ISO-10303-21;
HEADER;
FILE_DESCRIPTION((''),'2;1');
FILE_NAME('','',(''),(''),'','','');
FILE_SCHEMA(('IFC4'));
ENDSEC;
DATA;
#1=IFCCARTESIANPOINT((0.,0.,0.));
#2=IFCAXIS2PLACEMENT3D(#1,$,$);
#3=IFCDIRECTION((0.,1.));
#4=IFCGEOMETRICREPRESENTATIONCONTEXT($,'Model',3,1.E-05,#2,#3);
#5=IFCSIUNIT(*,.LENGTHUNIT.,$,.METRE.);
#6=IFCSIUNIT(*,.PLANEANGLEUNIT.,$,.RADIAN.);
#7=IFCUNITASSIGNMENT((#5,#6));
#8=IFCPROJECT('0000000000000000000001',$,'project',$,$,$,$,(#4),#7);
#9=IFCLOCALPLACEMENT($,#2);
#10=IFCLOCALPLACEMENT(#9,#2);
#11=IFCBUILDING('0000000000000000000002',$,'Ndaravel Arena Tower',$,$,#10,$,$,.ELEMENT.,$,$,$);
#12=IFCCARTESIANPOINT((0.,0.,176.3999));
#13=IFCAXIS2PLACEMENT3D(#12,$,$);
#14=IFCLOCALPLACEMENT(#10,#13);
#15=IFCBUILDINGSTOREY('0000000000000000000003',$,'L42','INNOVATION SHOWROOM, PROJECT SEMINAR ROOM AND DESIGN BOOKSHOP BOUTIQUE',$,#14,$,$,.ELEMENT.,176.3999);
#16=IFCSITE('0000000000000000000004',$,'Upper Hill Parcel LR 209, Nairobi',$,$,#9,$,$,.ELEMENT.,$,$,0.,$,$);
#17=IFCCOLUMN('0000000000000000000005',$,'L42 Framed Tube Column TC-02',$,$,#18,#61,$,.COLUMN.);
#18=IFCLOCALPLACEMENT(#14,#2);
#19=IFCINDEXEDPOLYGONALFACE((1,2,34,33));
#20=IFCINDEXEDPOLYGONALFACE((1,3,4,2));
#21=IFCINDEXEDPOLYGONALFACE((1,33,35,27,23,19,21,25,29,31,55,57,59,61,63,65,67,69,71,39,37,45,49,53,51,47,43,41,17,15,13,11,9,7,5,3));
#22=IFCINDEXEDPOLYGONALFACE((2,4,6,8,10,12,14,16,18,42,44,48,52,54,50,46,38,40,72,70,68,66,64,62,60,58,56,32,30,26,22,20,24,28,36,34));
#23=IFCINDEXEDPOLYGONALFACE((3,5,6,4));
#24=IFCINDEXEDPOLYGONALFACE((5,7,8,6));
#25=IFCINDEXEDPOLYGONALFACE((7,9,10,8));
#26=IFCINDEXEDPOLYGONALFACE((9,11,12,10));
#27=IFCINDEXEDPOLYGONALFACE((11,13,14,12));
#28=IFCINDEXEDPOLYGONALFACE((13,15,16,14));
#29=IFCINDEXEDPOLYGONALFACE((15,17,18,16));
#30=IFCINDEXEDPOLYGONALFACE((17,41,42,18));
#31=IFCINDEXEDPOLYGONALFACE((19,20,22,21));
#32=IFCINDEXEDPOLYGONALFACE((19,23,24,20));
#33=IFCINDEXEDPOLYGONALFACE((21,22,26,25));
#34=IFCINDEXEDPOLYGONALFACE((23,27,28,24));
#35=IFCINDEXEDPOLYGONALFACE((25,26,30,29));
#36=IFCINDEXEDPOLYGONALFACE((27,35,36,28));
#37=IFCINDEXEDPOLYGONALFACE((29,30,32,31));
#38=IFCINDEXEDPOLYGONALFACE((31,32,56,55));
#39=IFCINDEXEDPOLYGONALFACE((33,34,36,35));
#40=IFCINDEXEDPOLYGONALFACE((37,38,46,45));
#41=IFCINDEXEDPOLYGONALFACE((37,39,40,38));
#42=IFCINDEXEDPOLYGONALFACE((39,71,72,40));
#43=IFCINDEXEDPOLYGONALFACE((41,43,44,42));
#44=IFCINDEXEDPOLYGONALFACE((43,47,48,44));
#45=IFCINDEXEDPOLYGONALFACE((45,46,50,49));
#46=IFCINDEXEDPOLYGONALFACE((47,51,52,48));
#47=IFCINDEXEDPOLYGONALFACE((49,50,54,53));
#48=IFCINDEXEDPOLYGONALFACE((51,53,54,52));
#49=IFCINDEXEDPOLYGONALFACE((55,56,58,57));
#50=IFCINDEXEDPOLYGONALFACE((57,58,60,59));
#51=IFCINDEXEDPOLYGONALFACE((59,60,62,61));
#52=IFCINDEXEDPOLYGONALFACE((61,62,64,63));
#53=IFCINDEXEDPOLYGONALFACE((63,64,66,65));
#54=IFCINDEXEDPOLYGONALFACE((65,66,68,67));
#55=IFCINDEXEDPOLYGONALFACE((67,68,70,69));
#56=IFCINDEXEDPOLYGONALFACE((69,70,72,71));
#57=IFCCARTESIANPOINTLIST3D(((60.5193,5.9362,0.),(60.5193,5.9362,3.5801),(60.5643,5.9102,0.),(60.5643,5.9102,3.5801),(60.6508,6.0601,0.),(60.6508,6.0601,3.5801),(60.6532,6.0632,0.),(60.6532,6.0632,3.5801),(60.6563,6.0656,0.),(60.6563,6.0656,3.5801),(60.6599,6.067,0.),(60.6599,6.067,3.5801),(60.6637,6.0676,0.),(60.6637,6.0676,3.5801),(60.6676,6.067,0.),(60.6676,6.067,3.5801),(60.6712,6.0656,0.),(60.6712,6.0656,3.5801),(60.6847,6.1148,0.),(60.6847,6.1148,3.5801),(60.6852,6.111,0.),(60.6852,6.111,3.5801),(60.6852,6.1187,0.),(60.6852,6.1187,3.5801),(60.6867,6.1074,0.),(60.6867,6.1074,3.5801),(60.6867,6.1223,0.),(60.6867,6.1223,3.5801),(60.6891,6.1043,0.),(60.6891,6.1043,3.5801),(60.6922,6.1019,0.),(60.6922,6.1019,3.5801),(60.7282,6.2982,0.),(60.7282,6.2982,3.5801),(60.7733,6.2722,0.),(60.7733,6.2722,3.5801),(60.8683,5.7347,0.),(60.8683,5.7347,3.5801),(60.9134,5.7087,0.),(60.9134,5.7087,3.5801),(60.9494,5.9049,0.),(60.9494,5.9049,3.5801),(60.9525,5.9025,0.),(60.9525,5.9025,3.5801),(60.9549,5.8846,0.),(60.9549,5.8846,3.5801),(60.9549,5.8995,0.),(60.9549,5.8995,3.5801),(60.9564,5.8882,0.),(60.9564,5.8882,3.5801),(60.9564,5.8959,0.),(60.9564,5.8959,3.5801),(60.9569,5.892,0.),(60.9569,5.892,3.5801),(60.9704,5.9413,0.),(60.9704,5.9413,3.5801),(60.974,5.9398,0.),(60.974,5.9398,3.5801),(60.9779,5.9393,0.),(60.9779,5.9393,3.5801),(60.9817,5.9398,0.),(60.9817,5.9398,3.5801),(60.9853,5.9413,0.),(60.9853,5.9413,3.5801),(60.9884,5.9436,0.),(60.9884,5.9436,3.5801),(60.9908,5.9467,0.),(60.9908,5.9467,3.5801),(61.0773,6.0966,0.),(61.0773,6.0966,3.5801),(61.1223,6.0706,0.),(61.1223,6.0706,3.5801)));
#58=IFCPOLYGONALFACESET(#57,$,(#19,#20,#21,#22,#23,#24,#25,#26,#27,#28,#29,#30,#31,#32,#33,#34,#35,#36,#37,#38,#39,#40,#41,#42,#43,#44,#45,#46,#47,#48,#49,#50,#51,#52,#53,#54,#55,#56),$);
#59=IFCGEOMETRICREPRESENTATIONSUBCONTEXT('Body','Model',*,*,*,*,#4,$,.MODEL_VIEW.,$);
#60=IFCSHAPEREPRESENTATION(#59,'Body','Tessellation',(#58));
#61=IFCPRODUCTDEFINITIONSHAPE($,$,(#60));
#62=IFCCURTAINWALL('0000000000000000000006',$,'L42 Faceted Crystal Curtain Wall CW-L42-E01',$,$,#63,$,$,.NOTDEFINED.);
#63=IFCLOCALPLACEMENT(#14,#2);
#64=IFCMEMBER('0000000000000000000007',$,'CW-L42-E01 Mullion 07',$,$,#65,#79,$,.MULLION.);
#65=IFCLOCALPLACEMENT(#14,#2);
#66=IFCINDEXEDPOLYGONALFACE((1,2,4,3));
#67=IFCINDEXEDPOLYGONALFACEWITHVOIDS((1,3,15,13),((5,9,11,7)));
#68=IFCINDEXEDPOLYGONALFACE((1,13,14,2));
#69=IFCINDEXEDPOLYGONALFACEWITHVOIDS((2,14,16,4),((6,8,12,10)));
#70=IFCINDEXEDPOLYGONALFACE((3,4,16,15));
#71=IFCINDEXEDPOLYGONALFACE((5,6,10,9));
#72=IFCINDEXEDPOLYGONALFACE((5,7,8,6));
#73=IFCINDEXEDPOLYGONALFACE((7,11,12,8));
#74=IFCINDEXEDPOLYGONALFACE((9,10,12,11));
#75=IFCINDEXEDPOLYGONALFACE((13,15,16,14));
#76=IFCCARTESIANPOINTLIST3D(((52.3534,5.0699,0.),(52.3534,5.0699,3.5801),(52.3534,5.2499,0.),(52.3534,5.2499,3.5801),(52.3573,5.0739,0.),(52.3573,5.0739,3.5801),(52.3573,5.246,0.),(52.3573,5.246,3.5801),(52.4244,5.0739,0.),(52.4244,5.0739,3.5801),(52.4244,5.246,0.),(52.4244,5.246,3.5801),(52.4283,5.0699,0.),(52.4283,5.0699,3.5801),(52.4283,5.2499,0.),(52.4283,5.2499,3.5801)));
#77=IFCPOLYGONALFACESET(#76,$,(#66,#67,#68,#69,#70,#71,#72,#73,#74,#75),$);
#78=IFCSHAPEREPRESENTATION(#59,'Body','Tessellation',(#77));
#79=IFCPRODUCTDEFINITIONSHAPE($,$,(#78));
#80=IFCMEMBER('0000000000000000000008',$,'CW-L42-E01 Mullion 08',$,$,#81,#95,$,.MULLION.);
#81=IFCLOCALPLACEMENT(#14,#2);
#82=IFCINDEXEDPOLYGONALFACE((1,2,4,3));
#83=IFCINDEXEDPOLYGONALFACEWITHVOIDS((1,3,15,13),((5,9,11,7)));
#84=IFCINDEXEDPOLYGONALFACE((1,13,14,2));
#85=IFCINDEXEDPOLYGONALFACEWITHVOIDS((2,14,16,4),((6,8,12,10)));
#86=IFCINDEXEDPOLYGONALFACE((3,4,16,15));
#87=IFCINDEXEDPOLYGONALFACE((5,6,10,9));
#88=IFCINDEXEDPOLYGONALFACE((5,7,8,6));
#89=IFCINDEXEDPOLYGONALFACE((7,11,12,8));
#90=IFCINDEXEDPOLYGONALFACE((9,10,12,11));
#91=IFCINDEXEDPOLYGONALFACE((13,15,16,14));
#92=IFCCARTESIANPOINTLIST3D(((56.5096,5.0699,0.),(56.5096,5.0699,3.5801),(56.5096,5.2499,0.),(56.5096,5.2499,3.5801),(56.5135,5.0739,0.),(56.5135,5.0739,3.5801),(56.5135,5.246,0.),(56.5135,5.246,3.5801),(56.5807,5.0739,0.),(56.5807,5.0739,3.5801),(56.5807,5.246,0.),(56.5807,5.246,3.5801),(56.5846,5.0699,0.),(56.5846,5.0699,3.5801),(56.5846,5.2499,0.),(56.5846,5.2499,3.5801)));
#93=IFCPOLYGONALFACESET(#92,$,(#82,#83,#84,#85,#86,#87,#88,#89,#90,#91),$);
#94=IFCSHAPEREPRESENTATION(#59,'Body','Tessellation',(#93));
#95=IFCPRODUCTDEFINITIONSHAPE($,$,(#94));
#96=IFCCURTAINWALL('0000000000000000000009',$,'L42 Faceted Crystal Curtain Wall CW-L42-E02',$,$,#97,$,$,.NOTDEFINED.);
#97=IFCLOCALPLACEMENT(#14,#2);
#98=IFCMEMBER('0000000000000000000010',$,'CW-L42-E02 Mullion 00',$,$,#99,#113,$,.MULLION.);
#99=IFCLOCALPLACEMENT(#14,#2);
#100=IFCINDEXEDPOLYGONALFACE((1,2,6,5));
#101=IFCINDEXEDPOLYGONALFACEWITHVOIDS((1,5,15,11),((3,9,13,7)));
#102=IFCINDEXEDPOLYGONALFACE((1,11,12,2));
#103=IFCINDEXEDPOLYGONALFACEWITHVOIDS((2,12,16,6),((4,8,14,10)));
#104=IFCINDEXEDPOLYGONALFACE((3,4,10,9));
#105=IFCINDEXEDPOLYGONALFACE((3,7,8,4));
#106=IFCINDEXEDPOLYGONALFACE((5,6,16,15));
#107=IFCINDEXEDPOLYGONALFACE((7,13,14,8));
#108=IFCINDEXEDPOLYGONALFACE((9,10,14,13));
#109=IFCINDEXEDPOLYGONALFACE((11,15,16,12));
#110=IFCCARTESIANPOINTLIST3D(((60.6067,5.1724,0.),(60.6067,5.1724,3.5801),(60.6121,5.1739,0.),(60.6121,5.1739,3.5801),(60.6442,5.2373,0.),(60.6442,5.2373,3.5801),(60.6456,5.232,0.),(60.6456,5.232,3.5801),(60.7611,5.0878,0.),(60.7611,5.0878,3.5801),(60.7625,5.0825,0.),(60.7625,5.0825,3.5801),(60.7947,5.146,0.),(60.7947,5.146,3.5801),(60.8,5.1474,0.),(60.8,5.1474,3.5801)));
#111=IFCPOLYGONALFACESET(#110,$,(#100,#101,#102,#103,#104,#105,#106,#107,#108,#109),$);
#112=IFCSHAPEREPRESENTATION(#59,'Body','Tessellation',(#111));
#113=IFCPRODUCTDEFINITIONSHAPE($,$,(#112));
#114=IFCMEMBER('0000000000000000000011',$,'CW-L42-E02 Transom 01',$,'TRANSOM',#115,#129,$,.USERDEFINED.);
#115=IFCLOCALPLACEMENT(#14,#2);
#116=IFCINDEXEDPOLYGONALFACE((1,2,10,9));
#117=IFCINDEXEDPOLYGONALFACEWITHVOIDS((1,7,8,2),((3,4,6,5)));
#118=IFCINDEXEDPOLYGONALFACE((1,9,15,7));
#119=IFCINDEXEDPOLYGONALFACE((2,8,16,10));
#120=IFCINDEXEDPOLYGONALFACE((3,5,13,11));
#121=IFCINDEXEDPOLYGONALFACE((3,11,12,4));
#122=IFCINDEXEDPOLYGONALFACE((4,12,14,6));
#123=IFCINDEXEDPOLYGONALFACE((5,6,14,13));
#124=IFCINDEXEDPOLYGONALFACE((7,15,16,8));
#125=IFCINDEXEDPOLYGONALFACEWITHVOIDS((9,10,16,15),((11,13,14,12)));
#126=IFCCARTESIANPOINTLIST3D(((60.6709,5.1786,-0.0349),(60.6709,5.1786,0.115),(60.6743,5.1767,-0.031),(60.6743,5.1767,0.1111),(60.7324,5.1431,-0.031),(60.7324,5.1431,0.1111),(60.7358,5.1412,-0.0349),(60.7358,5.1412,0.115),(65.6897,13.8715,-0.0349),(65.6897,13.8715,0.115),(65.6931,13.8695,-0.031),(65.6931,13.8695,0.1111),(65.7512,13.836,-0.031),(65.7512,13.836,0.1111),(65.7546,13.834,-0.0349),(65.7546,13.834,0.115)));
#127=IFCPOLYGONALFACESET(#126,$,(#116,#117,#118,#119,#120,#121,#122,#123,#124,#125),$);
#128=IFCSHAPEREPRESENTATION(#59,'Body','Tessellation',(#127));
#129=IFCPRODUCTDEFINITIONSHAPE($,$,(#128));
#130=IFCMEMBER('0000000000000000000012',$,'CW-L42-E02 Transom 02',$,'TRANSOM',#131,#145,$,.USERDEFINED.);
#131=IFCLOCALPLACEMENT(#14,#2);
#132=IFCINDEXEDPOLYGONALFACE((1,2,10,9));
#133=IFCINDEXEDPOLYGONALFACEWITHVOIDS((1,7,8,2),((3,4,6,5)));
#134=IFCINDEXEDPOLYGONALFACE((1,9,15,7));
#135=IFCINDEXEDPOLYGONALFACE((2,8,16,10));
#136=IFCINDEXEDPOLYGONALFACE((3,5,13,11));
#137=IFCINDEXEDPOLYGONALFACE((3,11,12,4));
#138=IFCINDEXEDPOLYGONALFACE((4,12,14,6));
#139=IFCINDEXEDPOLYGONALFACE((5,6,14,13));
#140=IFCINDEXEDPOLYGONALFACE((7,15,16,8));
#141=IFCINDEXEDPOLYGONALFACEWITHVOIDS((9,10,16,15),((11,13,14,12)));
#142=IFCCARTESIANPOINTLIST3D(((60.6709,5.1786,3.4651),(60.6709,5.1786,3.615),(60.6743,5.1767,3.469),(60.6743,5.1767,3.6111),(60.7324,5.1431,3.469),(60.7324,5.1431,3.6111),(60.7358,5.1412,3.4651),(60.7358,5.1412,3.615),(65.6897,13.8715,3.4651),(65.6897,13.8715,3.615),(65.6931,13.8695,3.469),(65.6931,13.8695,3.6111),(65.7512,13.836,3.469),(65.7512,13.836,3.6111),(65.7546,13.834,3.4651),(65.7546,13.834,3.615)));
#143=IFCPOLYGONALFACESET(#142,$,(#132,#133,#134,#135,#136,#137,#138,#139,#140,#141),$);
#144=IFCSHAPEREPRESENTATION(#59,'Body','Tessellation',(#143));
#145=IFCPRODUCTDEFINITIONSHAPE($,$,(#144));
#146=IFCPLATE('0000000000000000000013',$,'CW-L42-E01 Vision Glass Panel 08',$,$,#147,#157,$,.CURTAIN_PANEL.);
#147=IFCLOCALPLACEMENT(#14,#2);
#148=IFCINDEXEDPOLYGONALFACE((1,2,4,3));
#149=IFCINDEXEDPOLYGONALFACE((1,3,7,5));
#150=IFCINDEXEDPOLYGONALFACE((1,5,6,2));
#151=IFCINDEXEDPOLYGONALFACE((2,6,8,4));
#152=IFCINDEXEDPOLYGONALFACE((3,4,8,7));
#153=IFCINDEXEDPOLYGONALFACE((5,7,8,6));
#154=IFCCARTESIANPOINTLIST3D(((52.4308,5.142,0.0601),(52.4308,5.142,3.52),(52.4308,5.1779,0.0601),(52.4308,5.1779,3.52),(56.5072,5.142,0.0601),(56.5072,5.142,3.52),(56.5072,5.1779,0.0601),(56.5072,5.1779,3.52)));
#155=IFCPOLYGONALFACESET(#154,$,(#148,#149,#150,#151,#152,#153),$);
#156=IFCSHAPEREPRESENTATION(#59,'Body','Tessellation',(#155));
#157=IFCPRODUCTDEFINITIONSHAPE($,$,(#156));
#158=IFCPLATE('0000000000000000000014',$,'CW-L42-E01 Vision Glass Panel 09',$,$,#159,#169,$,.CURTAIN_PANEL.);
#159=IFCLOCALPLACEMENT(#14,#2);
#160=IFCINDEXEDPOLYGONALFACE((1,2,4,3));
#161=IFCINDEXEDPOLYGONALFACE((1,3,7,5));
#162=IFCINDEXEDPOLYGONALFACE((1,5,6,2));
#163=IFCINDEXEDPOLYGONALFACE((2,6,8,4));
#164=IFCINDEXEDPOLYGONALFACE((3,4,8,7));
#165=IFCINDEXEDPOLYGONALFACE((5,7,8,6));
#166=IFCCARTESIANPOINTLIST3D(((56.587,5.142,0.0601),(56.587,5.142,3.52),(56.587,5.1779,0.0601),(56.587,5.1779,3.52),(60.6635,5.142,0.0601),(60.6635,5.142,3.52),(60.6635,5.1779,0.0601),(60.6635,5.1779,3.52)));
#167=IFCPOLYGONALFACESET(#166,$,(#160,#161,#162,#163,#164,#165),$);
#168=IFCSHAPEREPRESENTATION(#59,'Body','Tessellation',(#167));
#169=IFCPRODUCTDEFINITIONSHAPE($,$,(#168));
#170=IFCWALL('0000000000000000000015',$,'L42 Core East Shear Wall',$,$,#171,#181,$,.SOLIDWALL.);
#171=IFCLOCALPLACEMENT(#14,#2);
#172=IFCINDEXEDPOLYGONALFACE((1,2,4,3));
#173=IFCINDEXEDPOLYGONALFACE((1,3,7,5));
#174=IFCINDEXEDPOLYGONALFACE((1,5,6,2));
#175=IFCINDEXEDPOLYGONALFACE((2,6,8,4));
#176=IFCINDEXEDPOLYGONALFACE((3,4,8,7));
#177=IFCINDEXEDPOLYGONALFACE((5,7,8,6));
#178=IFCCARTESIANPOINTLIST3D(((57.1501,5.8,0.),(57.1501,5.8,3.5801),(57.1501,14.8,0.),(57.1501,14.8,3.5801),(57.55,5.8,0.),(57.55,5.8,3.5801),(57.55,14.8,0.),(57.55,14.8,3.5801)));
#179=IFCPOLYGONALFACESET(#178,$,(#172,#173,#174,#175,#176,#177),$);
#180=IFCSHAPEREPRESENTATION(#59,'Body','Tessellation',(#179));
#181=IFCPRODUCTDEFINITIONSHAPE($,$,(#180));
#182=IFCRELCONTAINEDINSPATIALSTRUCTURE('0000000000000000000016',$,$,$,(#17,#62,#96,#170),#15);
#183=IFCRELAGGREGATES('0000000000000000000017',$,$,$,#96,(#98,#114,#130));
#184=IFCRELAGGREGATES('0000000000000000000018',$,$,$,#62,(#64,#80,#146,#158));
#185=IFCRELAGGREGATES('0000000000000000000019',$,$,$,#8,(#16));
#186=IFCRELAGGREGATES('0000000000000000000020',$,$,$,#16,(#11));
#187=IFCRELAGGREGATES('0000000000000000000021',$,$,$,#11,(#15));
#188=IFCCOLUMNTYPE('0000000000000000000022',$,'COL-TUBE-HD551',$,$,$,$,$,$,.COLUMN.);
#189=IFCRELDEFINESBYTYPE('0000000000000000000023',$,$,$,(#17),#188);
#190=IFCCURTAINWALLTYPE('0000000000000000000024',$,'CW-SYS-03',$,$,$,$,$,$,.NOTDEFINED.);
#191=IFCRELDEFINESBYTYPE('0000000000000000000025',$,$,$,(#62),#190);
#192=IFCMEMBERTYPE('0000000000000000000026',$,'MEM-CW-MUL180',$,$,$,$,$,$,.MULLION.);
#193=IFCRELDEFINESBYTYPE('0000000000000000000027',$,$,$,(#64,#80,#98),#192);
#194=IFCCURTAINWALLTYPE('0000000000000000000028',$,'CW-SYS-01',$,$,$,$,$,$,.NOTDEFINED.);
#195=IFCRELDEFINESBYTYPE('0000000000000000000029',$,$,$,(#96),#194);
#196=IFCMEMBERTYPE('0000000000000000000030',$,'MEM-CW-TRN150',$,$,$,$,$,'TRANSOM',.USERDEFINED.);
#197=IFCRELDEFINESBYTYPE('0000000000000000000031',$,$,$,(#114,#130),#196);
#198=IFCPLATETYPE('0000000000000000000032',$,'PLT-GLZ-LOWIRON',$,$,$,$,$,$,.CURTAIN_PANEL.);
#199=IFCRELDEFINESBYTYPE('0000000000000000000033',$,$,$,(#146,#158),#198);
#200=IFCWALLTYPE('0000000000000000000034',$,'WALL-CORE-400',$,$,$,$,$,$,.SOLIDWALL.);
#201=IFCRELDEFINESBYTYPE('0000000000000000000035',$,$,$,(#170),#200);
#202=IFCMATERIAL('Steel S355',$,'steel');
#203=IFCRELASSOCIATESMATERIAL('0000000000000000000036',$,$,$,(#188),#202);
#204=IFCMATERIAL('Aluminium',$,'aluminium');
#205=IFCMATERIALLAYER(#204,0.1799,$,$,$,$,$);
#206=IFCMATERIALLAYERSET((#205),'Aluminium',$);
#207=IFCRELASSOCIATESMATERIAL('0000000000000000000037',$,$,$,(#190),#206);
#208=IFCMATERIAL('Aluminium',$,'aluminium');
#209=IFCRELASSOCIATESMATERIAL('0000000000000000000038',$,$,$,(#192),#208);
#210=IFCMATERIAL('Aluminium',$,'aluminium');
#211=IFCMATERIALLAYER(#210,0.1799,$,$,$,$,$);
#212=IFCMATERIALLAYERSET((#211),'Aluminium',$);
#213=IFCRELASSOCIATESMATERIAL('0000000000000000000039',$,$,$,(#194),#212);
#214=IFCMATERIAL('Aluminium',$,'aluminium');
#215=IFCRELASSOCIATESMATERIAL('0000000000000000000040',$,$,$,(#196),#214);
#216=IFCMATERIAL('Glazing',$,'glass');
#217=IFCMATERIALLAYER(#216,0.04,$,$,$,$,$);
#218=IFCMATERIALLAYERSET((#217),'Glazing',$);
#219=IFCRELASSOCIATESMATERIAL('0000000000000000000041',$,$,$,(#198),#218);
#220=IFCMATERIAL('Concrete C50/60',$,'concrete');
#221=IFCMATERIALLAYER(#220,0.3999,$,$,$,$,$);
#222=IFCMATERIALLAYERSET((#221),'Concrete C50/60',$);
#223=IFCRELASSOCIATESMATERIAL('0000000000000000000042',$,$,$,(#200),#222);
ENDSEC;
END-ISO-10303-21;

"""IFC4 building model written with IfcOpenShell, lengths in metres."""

from ifc_helpers import new_model, si_unit, direction, frame, frame_2d, origin, origin_2d, place, context, subcontext, project, spatial, rectangle, hollow_rectangle, i_section, extrude, material, layer, layer_set, material_profile, profile_set, type_object, element, aggregate, save


model = new_model("IFC4")

# Units and contexts
model_context = context("Model", 3, precision=1e-05, world=origin(), true_north=direction((0.0, 1.0)))
body_context = subcontext(model_context, "Body", "Model", "MODEL_VIEW")
ifc_project = project(units=[si_unit("LENGTHUNIT", "METRE"), si_unit("PLANEANGLEUNIT", "RADIAN")], contexts=[model_context])

# Site, building, storey
site_placement = place(None, origin())
site = spatial("IfcSite", under=ifc_project, at=site_placement, Name="Upper Hill Parcel LR 209, Nairobi", CompositionType="ELEMENT", RefElevation=0.0)
building_placement = place(site_placement, origin())
building = spatial("IfcBuilding", under=site, at=building_placement, Name="Ndaravel Arena Tower", CompositionType="ELEMENT")
storey_placement = place(building_placement, frame((0.0, 0.0, 176.3999)))
storey = spatial("IfcBuildingStorey", under=building, at=storey_placement, Name="L42", Description="INNOVATION SHOWROOM, PROJECT SEMINAR ROOM AND DESIGN BOOKSHOP BOUTIQUE", CompositionType="ELEMENT", Elevation=176.3999)

# Column
ifc_material_1 = material(Name="Steel S355", Category="steel")
ifc_material_profile_1 = material_profile(ifc_material_1, i_section(OverallWidth=0.418, OverallDepth=0.4551, WebThickness=0.042, FlangeThickness=0.052, FilletRadius=0.0149, at=origin_2d()), Name="HD 400x551")
ifc_profile_set_1 = profile_set([ifc_material_profile_1], Name="Steel S355")
column_type = type_object("IfcColumnType", Name="COL-TUBE-HD551", PredefinedType="COLUMN", material=ifc_profile_set_1)
column_placement = place(storey_placement, frame((60.8208, 6.0034, 0.0), z_axis=(0.0, 0.0, 1.0), x_axis=(0.5, 0.866025, 0.0)))
element("IfcColumn", 1, at=column_placement, inside=storey, type_object=column_type, Name="L42 Framed Tube Column TC-02", PredefinedType="COLUMN", context=body_context, shape_type="SweptSolid", body=[
    extrude(i_section(OverallWidth=0.418, OverallDepth=0.4551, WebThickness=0.042, FlangeThickness=0.052, FilletRadius=0.0149, at=origin_2d()), origin(), (0.0, 0.0, 1.0), 3.5801),
])

# Curtain walls, members
ifc_material_2 = material(Name="Aluminium", Category="aluminium")
ifc_layer_1 = layer(ifc_material_2, 0.1799)
ifc_layer_set_1 = layer_set([ifc_layer_1], Name="Aluminium")
curtain_wall_type_1 = type_object("IfcCurtainWallType", Name="CW-SYS-03", PredefinedType="NOTDEFINED", material=ifc_layer_set_1)
curtain_wall_1_placement = place(storey_placement, origin())
curtain_wall_1 = element("IfcCurtainWall", 2, at=curtain_wall_1_placement, inside=storey, type_object=curtain_wall_type_1, Name="L42 Faceted Crystal Curtain Wall CW-L42-E01", PredefinedType="NOTDEFINED")
ifc_material_3 = material(Name="Aluminium", Category="aluminium")
ifc_material_profile_2 = material_profile(ifc_material_3, hollow_rectangle(XDim=0.075, YDim=0.1799, WallThickness=0.0039, at=origin_2d()), Name="CW MULLION 75x180x4")
ifc_profile_set_2 = profile_set([ifc_material_profile_2], Name="Aluminium")
member_type_1 = type_object("IfcMemberType", Name="MEM-CW-MUL180", PredefinedType="MULLION", material=ifc_profile_set_2)
member_1_placement = place(storey_placement, frame((52.3909, 5.1599, 0.0), z_axis=(0.0, 0.0, 1.0), x_axis=(1.0, 0.0, 0.0)))
member_1 = element("IfcMember", 3, at=member_1_placement, type_object=member_type_1, Name="CW-L42-E01 Mullion 07", PredefinedType="MULLION", context=body_context, shape_type="SweptSolid", body=[
    extrude(hollow_rectangle(XDim=0.075, YDim=0.1799, WallThickness=0.0039, at=origin_2d()), origin(), (0.0, 0.0, 1.0), 3.5801),
])
member_2_placement = place(storey_placement, frame((56.5471, 5.1599, 0.0), z_axis=(0.0, 0.0, 1.0), x_axis=(1.0, 0.0, 0.0)))
member_2 = element("IfcMember", 4, at=member_2_placement, type_object=member_type_1, Name="CW-L42-E01 Mullion 08", PredefinedType="MULLION", context=body_context, shape_type="SweptSolid", body=[
    extrude(hollow_rectangle(XDim=0.075, YDim=0.1799, WallThickness=0.0039, at=origin_2d()), origin(), (0.0, 0.0, 1.0), 3.5801),
])
ifc_material_4 = material(Name="Aluminium", Category="aluminium")
ifc_layer_2 = layer(ifc_material_4, 0.1799)
ifc_layer_set_2 = layer_set([ifc_layer_2], Name="Aluminium")
curtain_wall_type_2 = type_object("IfcCurtainWallType", Name="CW-SYS-01", PredefinedType="NOTDEFINED", material=ifc_layer_set_2)
curtain_wall_2_placement = place(storey_placement, origin())
curtain_wall_2 = element("IfcCurtainWall", 5, at=curtain_wall_2_placement, inside=storey, type_object=curtain_wall_type_2, Name="L42 Faceted Crystal Curtain Wall CW-L42-E02", PredefinedType="NOTDEFINED")
member_3_placement = place(storey_placement, frame((60.7034, 5.1599, 0.0), z_axis=(0.0, 0.0, 1.0), x_axis=(0.5, 0.866025, 0.0)))
member_3 = element("IfcMember", 6, at=member_3_placement, type_object=member_type_1, Name="CW-L42-E02 Mullion 00", PredefinedType="MULLION", context=body_context, shape_type="SweptSolid", body=[
    extrude(hollow_rectangle(XDim=0.075, YDim=0.1799, WallThickness=0.0039, at=origin_2d()), origin(), (0.0, 0.0, 1.0), 3.5801),
])
ifc_material_5 = material(Name="Aluminium", Category="aluminium")
ifc_material_profile_3 = material_profile(ifc_material_5, hollow_rectangle(XDim=0.075, YDim=0.1499, WallThickness=0.0039, at=origin_2d()), Name="CW TRANSOM 75x150x4")
ifc_profile_set_3 = profile_set([ifc_material_profile_3], Name="Aluminium")
member_type_2 = type_object("IfcMemberType", Name="MEM-CW-TRN150", ElementType="TRANSOM", PredefinedType="USERDEFINED", material=ifc_profile_set_3)
member_4_placement = place(storey_placement, frame((60.7034, 5.1599, 0.04), z_axis=(0.499998, 0.866027, 0.0), x_axis=(-0.866027, 0.499998, 0.0)))
member_4 = element("IfcMember", 7, at=member_4_placement, type_object=member_type_2, Name="CW-L42-E02 Transom 01", ObjectType="TRANSOM", PredefinedType="USERDEFINED", context=body_context, shape_type="SweptSolid", body=[
    extrude(hollow_rectangle(XDim=0.075, YDim=0.1499, WallThickness=0.0039, at=origin_2d()), origin(), (0.0, 0.0, 1.0), 10.0376),
])
member_5_placement = place(storey_placement, frame((60.7034, 5.1599, 3.54), z_axis=(0.499998, 0.866027, 0.0), x_axis=(-0.866027, 0.499998, 0.0)))
member_5 = element("IfcMember", 8, at=member_5_placement, type_object=member_type_2, Name="CW-L42-E02 Transom 02", ObjectType="TRANSOM", PredefinedType="USERDEFINED", context=body_context, shape_type="SweptSolid", body=[
    extrude(hollow_rectangle(XDim=0.075, YDim=0.1499, WallThickness=0.0039, at=origin_2d()), origin(), (0.0, 0.0, 1.0), 10.0376),
])
aggregate(curtain_wall_2, [member_3, member_4, member_5])

# Plates
ifc_material_6 = material(Name="Glazing", Category="glass")
ifc_layer_3 = layer(ifc_material_6, 0.04)
ifc_layer_set_3 = layer_set([ifc_layer_3], Name="Glazing")
plate_type = type_object("IfcPlateType", Name="PLT-GLZ-LOWIRON", PredefinedType="CURTAIN_PANEL", material=ifc_layer_set_3)
plate_1_placement = place(storey_placement, frame((54.469, 5.1599, 0.0601), z_axis=(0.0, 0.0, 1.0), x_axis=(1.0, 0.0, 0.0)))
plate_1 = element("IfcPlate", 9, at=plate_1_placement, type_object=plate_type, Name="CW-L42-E01 Vision Glass Panel 08", PredefinedType="CURTAIN_PANEL", context=body_context, shape_type="SweptSolid", body=[
    extrude(rectangle(XDim=4.0764, YDim=0.0359, at=origin_2d()), origin(), (0.0, 0.0, 1.0), 3.46),
])
plate_2_placement = place(storey_placement, frame((58.6252, 5.1599, 0.0601), z_axis=(0.0, 0.0, 1.0), x_axis=(1.0, 0.0, 0.0)))
plate_2 = element("IfcPlate", 10, at=plate_2_placement, type_object=plate_type, Name="CW-L42-E01 Vision Glass Panel 09", PredefinedType="CURTAIN_PANEL", context=body_context, shape_type="SweptSolid", body=[
    extrude(rectangle(XDim=4.0764, YDim=0.0359, at=origin_2d()), origin(), (0.0, 0.0, 1.0), 3.46),
])
aggregate(curtain_wall_1, [member_1, member_2, plate_1, plate_2])

# Wall
ifc_material_7 = material(Name="Concrete C50/60", Category="concrete")
ifc_layer_4 = layer(ifc_material_7, 0.3999)
ifc_layer_set_4 = layer_set([ifc_layer_4], Name="Concrete C50/60")
wall_type_1 = type_object("IfcWallType", Name="WALL-CORE-400", PredefinedType="SOLIDWALL", material=ifc_layer_set_4)
wall_1_placement = place(storey_placement, frame((57.3501, 5.8, 0.0), z_axis=(0.0, 0.0, 1.0), x_axis=(0.0, 1.0, 0.0)))
element("IfcWall", 11, at=wall_1_placement, inside=storey, type_object=wall_type_1, Name="L42 Core East Shear Wall", PredefinedType="SOLIDWALL", context=body_context, shape_type="SweptSolid", body=[
    extrude(rectangle(XDim=9.0, YDim=0.3999, at=frame_2d((4.5, 0.0))), origin(), (0.0, 0.0, 1.0), 3.5801),
])

save(model, "model.ifc")
